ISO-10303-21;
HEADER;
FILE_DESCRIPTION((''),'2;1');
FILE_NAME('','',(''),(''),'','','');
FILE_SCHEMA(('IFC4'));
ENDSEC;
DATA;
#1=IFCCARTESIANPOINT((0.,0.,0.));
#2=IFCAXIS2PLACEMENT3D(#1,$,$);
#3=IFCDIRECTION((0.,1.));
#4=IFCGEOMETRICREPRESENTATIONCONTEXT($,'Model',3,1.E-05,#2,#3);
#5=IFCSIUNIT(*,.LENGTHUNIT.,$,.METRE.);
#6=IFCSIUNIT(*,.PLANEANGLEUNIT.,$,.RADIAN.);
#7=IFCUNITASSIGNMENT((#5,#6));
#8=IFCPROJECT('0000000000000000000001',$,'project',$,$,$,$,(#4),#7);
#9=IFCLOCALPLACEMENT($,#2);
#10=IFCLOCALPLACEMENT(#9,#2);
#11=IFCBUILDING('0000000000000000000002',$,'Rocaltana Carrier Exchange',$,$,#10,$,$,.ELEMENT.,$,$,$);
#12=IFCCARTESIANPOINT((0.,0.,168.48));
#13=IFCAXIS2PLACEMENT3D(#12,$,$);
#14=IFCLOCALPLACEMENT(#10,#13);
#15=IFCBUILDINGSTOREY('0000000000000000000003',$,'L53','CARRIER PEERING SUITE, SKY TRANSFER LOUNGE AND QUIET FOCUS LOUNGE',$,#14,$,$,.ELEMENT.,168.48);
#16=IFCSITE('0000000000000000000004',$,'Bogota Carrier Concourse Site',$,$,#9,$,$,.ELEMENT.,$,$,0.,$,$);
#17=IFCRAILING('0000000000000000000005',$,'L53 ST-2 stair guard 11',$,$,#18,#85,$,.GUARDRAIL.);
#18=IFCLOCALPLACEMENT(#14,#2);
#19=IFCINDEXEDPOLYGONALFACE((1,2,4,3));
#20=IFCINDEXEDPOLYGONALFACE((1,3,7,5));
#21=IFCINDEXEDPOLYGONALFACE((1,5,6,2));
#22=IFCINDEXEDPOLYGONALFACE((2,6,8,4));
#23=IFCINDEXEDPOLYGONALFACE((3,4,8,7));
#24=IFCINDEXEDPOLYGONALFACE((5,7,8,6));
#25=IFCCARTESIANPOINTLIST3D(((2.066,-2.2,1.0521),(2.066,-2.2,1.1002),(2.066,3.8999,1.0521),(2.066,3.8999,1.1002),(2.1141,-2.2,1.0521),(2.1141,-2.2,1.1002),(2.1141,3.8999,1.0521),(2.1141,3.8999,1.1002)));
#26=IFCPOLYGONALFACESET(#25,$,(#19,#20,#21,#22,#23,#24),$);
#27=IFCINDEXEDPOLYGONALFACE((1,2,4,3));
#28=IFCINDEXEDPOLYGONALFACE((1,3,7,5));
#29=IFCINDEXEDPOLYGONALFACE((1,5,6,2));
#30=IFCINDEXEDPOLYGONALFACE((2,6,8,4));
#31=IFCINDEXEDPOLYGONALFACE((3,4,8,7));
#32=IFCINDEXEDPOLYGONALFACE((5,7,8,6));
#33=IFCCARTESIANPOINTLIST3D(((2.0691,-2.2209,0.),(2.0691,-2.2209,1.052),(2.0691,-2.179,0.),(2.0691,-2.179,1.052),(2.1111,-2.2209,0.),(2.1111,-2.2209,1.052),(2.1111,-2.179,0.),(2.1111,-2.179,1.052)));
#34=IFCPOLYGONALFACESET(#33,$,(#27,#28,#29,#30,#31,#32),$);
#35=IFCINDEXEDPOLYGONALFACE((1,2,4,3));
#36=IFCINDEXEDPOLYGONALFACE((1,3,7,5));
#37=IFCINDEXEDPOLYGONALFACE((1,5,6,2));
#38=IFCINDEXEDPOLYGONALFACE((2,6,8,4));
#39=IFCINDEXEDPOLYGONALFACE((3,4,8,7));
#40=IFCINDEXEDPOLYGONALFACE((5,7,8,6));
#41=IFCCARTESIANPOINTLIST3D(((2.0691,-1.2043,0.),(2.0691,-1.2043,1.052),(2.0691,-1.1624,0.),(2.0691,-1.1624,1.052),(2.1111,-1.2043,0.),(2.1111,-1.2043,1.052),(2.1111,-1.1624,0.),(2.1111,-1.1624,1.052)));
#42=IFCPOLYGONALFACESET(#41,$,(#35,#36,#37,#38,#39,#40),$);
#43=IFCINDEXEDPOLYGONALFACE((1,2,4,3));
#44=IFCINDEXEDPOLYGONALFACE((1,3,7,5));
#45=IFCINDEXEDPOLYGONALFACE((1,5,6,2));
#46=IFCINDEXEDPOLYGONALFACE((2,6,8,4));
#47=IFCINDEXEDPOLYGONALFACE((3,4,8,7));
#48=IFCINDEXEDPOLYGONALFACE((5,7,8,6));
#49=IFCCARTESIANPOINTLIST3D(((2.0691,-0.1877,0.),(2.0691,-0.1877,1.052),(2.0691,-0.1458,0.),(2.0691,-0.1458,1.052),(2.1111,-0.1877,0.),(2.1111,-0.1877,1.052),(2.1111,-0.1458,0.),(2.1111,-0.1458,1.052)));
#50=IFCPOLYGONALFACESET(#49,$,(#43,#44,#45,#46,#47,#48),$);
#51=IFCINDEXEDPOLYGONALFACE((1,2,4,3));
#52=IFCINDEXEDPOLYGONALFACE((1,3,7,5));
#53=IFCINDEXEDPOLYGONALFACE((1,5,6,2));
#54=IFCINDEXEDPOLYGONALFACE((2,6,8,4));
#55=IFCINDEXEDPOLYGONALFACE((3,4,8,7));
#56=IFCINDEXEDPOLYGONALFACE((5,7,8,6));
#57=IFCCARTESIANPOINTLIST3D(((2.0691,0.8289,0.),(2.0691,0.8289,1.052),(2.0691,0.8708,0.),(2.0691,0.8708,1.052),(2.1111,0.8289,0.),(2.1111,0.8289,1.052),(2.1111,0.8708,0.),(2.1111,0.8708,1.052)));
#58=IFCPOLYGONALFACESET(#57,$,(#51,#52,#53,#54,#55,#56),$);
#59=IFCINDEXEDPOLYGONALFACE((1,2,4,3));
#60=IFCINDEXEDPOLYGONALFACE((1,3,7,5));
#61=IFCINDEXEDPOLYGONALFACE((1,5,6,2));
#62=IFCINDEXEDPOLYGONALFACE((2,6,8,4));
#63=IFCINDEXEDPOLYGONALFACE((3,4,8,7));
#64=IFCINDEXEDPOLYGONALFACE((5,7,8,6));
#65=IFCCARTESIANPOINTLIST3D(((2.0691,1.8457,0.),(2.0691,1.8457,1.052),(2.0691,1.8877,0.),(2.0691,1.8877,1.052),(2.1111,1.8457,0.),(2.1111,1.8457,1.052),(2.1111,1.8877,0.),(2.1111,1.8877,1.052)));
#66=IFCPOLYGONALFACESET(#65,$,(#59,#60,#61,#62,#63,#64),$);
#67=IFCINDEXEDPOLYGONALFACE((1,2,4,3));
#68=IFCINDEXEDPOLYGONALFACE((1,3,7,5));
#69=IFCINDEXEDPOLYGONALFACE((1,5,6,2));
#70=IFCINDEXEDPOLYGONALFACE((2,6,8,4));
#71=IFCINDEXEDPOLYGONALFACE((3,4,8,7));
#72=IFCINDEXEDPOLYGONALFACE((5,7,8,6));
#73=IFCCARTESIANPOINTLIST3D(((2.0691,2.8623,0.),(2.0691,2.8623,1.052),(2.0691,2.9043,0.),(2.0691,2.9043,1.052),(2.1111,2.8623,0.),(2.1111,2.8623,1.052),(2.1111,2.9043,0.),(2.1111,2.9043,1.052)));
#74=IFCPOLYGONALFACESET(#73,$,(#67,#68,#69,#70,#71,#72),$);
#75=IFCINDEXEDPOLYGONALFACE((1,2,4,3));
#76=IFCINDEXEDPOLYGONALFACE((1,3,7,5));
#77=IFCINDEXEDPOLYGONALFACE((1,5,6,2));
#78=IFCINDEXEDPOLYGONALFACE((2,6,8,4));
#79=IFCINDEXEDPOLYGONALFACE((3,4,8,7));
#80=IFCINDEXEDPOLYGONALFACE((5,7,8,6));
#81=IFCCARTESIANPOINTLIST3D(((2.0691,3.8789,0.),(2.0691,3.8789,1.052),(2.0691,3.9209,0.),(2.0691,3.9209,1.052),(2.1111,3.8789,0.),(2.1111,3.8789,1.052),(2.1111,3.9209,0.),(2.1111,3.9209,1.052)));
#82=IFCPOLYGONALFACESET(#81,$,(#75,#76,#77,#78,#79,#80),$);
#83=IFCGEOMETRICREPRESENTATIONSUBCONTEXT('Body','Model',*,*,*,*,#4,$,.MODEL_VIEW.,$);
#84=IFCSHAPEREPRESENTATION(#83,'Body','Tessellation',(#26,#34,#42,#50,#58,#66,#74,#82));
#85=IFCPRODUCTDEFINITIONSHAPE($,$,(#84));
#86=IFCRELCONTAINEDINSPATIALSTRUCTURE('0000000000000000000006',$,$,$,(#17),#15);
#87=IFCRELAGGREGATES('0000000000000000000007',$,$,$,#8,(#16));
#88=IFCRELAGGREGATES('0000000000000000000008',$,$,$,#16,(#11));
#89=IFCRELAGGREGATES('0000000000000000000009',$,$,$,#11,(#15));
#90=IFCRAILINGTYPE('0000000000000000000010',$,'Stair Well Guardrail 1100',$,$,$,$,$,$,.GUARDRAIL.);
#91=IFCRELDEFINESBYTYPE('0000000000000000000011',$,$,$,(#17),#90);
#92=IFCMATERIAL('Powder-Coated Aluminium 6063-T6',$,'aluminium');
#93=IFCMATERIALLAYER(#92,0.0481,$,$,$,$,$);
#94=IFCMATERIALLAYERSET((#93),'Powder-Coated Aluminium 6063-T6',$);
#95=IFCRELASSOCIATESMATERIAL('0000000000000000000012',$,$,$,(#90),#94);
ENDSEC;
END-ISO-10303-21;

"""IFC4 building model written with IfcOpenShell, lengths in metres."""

from ifc_helpers import new_model, si_unit, direction, frame, origin, origin_2d, place, context, subcontext, project, spatial, rectangle, extrude, material, layer, layer_set, type_object, element, save


model = new_model("IFC4")

# Units and contexts
model_context = context("Model", 3, precision=1e-05, world=origin(), true_north=direction((0.0, 1.0)))
body_context = subcontext(model_context, "Body", "Model", "MODEL_VIEW")
ifc_project = project(units=[si_unit("LENGTHUNIT", "METRE"), si_unit("PLANEANGLEUNIT", "RADIAN")], contexts=[model_context])

# Site, building, storey
site_placement = place(None, origin())
site = spatial("IfcSite", under=ifc_project, at=site_placement, Name="Bogota Carrier Concourse Site", CompositionType="ELEMENT", RefElevation=0.0)
building_placement = place(site_placement, origin())
building = spatial("IfcBuilding", under=site, at=building_placement, Name="Rocaltana Carrier Exchange", CompositionType="ELEMENT")
storey_placement = place(building_placement, frame((0.0, 0.0, 168.48)))
storey = spatial("IfcBuildingStorey", under=building, at=storey_placement, Name="L53", Description="CARRIER PEERING SUITE, SKY TRANSFER LOUNGE AND QUIET FOCUS LOUNGE", CompositionType="ELEMENT", Elevation=168.48)

# Railing
ifc_material_1 = material(Name="Powder-Coated Aluminium 6063-T6", Category="aluminium")
ifc_layer_1 = layer(ifc_material_1, 0.0481)
ifc_layer_set_1 = layer_set([ifc_layer_1], Name="Powder-Coated Aluminium 6063-T6")
railing_type_1 = type_object("IfcRailingType", Name="Stair Well Guardrail 1100", PredefinedType="GUARDRAIL", material=ifc_layer_set_1)
for number, where, name in (
    (1, (2.0901, -2.2, 0.0), "L53 ST-2 stair guard 11"),
):
    element("IfcRailing", number, at=place(storey_placement, frame(where)), inside=storey, type_object=railing_type_1, Name=name, PredefinedType="GUARDRAIL", context=body_context, shape_type="SweptSolid", body=[
        extrude(rectangle(XDim=0.0481, YDim=0.0481, at=origin_2d()), frame((0.0, 0.0, 1.0762), z_axis=(0.0, 1.0, 0.0), x_axis=(-1.0, 0.0, 0.0)), (0.0, 0.0, 1.0), 6.0999),
        extrude(rectangle(XDim=0.042, YDim=0.042, at=origin_2d()), origin(), (0.0, 0.0, 1.0), 1.052),
        extrude(rectangle(XDim=0.042, YDim=0.042, at=origin_2d()), frame((0.0, 1.0166, 0.0)), (0.0, 0.0, 1.0), 1.052),
        extrude(rectangle(XDim=0.042, YDim=0.042, at=origin_2d()), frame((0.0, 2.0332, 0.0)), (0.0, 0.0, 1.0), 1.052),
        extrude(rectangle(XDim=0.042, YDim=0.042, at=origin_2d()), frame((0.0, 3.0498, 0.0)), (0.0, 0.0, 1.0), 1.052),
        extrude(rectangle(XDim=0.042, YDim=0.042, at=origin_2d()), frame((0.0, 4.0667, 0.0)), (0.0, 0.0, 1.0), 1.052),
        extrude(rectangle(XDim=0.042, YDim=0.042, at=origin_2d()), frame((0.0, 5.0833, 0.0)), (0.0, 0.0, 1.0), 1.052),
        extrude(rectangle(XDim=0.042, YDim=0.042, at=origin_2d()), frame((0.0, 6.0999, 0.0)), (0.0, 0.0, 1.0), 1.052),
    ])

save(model, "model.ifc")
